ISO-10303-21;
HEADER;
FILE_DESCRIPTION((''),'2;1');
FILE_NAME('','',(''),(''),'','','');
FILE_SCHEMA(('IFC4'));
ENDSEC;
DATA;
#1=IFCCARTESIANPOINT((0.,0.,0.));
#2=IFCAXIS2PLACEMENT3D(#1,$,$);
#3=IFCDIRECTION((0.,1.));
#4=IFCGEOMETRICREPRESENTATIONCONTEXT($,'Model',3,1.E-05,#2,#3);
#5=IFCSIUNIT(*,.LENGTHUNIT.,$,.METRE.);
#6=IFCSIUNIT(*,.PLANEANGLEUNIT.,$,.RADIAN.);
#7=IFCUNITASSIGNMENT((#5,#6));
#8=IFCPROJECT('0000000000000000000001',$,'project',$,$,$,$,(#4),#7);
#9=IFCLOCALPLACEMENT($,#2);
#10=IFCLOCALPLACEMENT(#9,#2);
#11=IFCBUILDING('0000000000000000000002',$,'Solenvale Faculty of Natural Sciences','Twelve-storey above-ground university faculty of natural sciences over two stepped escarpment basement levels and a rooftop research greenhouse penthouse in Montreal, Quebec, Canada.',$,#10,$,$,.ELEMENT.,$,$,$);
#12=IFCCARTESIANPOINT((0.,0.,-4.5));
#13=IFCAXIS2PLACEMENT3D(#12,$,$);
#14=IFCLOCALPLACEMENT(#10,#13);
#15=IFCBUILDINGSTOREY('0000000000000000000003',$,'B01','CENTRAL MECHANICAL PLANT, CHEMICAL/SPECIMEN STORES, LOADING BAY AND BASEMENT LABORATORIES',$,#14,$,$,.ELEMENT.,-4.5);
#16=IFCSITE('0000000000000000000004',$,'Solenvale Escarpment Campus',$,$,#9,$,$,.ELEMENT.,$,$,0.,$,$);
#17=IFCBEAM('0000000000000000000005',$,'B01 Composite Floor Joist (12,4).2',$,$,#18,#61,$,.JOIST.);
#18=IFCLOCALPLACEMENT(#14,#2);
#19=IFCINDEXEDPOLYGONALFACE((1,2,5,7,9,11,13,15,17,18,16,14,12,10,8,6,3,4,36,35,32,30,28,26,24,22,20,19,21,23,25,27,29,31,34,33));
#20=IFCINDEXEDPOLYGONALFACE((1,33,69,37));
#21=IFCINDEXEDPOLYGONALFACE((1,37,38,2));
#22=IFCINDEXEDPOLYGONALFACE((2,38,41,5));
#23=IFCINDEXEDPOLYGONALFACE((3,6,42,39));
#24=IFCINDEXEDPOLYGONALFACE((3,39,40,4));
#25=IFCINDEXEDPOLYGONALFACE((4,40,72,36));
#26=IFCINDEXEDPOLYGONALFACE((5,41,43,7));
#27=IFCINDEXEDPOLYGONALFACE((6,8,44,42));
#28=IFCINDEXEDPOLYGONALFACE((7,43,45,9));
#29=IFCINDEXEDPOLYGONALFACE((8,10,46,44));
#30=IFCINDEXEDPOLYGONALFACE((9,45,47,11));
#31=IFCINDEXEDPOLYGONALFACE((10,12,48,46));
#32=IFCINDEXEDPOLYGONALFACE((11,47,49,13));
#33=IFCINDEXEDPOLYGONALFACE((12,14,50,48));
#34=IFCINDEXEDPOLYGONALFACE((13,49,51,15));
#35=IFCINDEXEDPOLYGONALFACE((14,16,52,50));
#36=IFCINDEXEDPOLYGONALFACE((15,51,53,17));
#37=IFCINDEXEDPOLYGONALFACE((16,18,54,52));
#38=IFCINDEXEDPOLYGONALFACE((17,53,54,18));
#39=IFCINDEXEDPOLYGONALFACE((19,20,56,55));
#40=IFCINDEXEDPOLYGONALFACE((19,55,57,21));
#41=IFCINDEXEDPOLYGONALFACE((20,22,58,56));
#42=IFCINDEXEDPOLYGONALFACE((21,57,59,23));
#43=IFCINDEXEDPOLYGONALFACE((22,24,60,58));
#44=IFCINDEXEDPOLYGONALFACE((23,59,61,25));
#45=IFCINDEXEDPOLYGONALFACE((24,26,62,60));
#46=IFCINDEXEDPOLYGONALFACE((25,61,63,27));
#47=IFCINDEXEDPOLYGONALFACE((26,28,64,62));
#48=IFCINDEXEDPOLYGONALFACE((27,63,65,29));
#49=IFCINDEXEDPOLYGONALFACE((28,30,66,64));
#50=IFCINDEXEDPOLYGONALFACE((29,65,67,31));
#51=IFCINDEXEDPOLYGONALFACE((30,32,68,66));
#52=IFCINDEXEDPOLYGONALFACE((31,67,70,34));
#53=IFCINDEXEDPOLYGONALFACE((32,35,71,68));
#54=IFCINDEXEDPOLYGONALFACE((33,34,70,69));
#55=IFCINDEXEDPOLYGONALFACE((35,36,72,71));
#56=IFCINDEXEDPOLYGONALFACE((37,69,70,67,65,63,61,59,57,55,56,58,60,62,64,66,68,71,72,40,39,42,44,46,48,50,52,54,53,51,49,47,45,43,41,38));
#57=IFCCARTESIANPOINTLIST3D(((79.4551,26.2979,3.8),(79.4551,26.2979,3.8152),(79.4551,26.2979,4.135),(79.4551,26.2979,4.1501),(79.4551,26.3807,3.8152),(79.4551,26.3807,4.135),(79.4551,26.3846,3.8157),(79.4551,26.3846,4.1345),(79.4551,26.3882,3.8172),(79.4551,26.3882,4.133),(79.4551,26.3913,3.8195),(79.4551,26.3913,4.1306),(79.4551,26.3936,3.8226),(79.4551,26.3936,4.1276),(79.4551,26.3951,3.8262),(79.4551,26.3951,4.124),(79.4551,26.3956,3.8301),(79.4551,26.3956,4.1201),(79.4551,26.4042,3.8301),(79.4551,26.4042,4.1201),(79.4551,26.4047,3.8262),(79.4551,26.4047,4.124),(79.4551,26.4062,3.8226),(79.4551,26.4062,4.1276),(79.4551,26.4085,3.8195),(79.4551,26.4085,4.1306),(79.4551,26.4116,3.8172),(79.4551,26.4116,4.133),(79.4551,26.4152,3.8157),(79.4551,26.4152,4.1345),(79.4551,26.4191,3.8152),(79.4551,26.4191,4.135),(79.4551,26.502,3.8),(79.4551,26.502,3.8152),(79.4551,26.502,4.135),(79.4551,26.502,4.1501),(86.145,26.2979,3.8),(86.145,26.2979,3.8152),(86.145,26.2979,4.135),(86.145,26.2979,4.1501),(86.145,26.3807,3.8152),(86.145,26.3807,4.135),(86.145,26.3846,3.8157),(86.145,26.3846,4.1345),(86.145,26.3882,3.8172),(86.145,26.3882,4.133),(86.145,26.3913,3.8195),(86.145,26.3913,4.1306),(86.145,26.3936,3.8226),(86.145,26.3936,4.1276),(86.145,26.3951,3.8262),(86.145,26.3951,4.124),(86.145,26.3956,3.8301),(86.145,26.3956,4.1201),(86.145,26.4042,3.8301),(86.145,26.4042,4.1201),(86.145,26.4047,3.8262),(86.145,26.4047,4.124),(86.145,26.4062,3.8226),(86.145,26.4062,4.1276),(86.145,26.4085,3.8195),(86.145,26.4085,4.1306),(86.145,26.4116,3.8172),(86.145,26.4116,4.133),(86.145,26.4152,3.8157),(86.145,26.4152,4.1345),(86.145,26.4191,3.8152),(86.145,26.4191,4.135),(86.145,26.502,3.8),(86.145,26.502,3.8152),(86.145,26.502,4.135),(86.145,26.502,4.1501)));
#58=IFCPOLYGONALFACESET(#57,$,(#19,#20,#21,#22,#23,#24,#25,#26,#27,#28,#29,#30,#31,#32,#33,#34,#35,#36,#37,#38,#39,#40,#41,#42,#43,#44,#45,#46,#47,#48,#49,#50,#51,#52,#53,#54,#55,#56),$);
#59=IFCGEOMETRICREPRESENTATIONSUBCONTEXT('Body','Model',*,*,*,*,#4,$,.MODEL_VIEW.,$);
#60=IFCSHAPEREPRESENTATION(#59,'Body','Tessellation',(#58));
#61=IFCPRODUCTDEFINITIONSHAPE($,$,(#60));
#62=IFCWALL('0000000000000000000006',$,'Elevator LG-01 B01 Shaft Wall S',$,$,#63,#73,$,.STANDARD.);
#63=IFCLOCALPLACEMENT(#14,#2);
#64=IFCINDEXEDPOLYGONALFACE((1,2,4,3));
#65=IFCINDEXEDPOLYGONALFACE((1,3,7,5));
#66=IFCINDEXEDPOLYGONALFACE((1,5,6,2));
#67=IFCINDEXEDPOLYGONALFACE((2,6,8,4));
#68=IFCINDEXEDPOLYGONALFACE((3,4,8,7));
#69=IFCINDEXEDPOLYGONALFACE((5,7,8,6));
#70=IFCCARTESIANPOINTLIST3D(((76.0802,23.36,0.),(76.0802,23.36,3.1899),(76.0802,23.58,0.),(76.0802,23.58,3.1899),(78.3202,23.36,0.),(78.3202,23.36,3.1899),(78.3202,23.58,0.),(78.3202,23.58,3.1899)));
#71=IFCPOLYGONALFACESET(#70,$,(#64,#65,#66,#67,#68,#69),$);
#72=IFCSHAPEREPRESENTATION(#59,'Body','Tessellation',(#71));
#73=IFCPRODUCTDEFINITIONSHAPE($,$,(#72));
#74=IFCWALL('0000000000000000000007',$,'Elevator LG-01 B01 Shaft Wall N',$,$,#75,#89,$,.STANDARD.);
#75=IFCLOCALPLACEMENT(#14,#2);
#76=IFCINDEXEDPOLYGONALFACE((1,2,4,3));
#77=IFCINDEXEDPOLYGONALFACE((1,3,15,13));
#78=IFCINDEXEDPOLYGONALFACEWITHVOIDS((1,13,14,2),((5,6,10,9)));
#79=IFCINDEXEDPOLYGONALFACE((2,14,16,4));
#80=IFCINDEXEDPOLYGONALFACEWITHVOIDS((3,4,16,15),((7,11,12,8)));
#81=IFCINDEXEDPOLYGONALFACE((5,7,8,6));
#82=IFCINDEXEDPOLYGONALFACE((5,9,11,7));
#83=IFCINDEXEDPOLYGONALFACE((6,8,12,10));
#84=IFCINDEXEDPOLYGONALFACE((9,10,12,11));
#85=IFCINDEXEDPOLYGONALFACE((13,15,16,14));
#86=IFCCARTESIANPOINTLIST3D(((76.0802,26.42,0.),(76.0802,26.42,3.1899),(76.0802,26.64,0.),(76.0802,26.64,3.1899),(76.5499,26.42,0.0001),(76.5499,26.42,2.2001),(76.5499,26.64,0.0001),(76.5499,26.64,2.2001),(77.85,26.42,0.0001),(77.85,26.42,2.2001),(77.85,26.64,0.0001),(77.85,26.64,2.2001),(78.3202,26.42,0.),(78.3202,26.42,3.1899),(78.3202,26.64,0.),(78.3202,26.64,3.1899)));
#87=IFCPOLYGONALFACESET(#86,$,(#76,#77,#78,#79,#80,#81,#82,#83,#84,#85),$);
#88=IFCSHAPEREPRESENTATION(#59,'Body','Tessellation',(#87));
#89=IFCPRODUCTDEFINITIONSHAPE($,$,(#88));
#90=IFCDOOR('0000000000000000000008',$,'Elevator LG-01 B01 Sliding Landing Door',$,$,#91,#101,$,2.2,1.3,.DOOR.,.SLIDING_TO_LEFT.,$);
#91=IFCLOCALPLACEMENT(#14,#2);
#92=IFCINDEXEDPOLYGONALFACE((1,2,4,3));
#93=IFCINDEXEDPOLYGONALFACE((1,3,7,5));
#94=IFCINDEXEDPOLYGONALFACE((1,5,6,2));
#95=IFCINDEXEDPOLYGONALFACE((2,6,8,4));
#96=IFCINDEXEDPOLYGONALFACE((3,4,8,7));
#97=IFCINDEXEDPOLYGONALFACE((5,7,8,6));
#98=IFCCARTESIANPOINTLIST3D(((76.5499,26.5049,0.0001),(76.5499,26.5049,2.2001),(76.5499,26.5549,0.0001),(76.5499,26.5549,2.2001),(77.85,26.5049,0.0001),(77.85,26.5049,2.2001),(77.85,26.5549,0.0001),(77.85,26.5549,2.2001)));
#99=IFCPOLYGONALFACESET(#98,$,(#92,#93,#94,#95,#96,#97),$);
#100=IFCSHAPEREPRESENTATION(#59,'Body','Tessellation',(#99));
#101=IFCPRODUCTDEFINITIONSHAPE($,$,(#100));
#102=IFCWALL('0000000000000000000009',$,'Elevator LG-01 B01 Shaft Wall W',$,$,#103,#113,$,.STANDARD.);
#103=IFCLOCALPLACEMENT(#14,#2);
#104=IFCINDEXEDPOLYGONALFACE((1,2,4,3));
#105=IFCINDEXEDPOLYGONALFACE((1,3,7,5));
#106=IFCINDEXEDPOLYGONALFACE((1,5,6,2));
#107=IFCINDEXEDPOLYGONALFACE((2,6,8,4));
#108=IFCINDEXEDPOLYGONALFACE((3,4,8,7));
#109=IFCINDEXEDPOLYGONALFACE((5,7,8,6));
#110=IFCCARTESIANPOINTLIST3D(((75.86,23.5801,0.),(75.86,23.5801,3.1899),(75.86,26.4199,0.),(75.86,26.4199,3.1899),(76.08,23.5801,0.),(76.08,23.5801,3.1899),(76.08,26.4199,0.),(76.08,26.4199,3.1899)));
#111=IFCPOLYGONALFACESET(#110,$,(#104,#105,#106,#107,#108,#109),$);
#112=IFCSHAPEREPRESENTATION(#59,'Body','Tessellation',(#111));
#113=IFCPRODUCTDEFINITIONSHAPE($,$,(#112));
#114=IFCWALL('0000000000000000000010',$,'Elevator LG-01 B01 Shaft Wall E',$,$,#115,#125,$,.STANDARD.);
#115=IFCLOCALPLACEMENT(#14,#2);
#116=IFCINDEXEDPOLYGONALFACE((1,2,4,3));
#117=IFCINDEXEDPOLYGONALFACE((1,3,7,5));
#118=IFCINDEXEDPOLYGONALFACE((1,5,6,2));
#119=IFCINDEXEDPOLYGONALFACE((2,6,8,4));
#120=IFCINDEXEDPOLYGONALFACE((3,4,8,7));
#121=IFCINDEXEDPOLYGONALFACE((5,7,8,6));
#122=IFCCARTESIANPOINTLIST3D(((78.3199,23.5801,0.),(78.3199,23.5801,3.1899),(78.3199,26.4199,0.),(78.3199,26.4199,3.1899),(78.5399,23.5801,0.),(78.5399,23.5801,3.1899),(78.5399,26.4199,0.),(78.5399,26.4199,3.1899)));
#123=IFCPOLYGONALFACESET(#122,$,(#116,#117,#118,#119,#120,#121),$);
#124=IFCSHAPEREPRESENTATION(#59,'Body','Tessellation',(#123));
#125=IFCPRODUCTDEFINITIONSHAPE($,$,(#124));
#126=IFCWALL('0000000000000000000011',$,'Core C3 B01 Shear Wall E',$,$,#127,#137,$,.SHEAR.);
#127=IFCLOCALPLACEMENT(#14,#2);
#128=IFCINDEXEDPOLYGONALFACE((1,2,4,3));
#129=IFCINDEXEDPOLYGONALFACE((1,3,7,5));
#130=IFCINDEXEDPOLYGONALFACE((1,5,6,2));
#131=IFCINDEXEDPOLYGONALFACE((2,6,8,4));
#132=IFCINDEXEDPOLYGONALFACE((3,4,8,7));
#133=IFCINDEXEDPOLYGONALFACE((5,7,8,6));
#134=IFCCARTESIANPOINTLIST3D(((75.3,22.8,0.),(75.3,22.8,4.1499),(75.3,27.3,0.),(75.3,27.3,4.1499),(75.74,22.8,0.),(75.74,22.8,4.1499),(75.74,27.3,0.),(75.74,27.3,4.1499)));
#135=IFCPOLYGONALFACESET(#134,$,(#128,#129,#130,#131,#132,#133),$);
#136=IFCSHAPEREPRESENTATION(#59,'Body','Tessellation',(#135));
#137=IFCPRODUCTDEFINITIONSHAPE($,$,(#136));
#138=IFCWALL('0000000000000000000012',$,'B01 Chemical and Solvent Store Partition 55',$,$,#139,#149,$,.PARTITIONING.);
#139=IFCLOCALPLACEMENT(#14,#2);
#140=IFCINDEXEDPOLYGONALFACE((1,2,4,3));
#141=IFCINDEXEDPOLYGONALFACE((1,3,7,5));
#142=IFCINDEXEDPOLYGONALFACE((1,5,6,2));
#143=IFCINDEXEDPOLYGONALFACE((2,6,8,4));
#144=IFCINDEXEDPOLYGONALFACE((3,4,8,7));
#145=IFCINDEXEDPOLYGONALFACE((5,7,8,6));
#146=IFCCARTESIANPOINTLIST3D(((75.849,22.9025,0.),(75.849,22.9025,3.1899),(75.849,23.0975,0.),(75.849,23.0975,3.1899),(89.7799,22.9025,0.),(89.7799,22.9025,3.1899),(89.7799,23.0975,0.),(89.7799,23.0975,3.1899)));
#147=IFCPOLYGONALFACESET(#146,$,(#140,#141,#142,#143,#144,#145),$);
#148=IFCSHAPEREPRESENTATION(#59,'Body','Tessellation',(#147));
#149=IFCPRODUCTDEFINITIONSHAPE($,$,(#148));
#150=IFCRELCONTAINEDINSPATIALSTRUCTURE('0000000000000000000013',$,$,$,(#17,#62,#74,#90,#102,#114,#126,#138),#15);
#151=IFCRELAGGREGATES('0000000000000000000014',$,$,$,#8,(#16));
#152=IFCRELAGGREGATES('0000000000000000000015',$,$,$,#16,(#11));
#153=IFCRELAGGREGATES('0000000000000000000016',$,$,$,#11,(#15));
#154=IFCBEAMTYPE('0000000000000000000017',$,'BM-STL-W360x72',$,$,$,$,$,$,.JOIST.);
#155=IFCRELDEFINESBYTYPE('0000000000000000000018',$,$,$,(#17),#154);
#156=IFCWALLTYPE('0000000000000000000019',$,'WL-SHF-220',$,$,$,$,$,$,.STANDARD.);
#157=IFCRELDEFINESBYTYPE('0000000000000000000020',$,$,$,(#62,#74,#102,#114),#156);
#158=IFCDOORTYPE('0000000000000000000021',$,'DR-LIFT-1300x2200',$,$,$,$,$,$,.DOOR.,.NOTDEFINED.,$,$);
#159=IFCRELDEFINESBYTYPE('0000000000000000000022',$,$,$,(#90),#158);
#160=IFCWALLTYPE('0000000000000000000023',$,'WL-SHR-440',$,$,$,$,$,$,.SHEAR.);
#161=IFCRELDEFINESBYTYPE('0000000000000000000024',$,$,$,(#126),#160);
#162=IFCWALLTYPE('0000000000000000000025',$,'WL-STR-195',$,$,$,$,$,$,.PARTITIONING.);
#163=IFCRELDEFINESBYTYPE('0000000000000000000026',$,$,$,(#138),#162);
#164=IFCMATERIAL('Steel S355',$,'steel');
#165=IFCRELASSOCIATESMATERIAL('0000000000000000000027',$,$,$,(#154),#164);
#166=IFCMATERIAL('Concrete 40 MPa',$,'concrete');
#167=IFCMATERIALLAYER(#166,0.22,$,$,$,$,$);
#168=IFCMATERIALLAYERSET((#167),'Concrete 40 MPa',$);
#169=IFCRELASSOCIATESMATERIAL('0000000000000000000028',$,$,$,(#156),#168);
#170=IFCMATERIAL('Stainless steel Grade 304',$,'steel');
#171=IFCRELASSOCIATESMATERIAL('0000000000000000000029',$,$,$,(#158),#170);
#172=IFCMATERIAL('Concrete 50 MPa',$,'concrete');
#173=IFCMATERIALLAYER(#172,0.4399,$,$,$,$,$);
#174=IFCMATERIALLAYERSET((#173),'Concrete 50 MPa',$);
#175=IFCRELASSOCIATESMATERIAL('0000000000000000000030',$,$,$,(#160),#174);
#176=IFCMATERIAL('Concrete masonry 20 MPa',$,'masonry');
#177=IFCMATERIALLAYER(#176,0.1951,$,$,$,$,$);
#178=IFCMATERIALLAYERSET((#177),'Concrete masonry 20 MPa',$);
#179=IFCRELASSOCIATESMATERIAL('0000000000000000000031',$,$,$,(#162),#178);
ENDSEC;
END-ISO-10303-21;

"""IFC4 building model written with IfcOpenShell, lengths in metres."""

from ifc_helpers import new_model, si_unit, direction, frame, frame_2d, origin, origin_2d, place, context, subcontext, project, spatial, rectangle, i_section, extrude, material, layer, layer_set, material_profile, profile_set, type_object, element, fill, save


model = new_model("IFC4")

# Units and contexts
model_context = context("Model", 3, precision=1e-05, world=origin(), true_north=direction((0.0, 1.0)))
body_context = subcontext(model_context, "Body", "Model", "MODEL_VIEW")
ifc_project = project(units=[si_unit("LENGTHUNIT", "METRE"), si_unit("PLANEANGLEUNIT", "RADIAN")], contexts=[model_context])

# Site, building, storey
site_placement = place(None, origin())
site = spatial("IfcSite", under=ifc_project, at=site_placement, Name="Solenvale Escarpment Campus", CompositionType="ELEMENT", RefElevation=0.0)
building_placement = place(site_placement, origin())
building = spatial("IfcBuilding", under=site, at=building_placement, Name="Solenvale Faculty of Natural Sciences", Description="Twelve-storey above-ground university faculty of natural sciences over two stepped escarpment basement levels and a rooftop research greenhouse penthouse in Montreal, Quebec, Canada.", CompositionType="ELEMENT")
storey_placement = place(building_placement, frame((0.0, 0.0, -4.5)))
storey = spatial("IfcBuildingStorey", under=building, at=storey_placement, Name="B01", Description="CENTRAL MECHANICAL PLANT, CHEMICAL/SPECIMEN STORES, LOADING BAY AND BASEMENT LABORATORIES", CompositionType="ELEMENT", Elevation=-4.5)

# Shared definitions
ifc_material_1 = material(Name="Concrete 40 MPa", Category="concrete")

# Shared definitions
ifc_material_2 = material(Name="Concrete 50 MPa", Category="concrete")

# Beam
ifc_material_3 = material(Name="Steel S355", Category="steel")
ifc_material_profile_1 = material_profile(ifc_material_3, i_section(OverallWidth=0.2041, OverallDepth=0.3501, WebThickness=0.0085, FlangeThickness=0.0151, FilletRadius=0.0149, at=origin_2d()), Name="W360x72")
ifc_profile_set_1 = profile_set([ifc_material_profile_1], Name="Steel S355")
beam_type_1 = type_object("IfcBeamType", Name="BM-STL-W360x72", PredefinedType="JOIST", material=ifc_profile_set_1)
for number, where, z_axis, x_axis, name in (
    (1, (79.4551, 26.3999, 3.9751), (1.0, 0.0, 0.0), (0.0, 1.0, 0.0), "B01 Composite Floor Joist (12,4).2"),
):
    element("IfcBeam", number, at=place(storey_placement, frame(where, z_axis=z_axis, x_axis=x_axis)), inside=storey, type_object=beam_type_1, Name=name, PredefinedType="JOIST", context=body_context, shape_type="SweptSolid", body=[
        extrude(i_section(OverallWidth=0.2041, OverallDepth=0.3501, WebThickness=0.0085, FlangeThickness=0.0151, FilletRadius=0.0149, at=origin_2d()), origin(), (0.0, 0.0, 1.0), 6.6899),
    ])

# Wall
ifc_layer_1 = layer(ifc_material_1, 0.22)
ifc_layer_set_1 = layer_set([ifc_layer_1], Name="Concrete 40 MPa")
wall_type_1 = type_object("IfcWallType", Name="WL-SHF-220", PredefinedType="STANDARD", material=ifc_layer_set_1)
wall_1_placement = place(storey_placement, frame((76.0801, 23.47, 0.0), z_axis=(0.0, 0.0, 1.0), x_axis=(1.0, 0.0, 0.0)))
element("IfcWall", 2, at=wall_1_placement, inside=storey, type_object=wall_type_1, Name="Elevator LG-01 B01 Shaft Wall S", PredefinedType="STANDARD", context=body_context, shape_type="SweptSolid", body=[
    extrude(rectangle(XDim=2.24, YDim=0.22, at=frame_2d((1.1201, 0.0))), origin(), (0.0, 0.0, 1.0), 3.1899),
])

# Wall, opening, door
wall_2_placement = place(storey_placement, frame((76.0801, 26.53, 0.0), z_axis=(0.0, 0.0, 1.0), x_axis=(1.0, 0.0, 0.0)))
wall_2 = element("IfcWall", 3, at=wall_2_placement, inside=storey, type_object=wall_type_1, Name="Elevator LG-01 B01 Shaft Wall N", PredefinedType="STANDARD", context=body_context, shape_type="SweptSolid", body=[
    extrude(rectangle(XDim=2.24, YDim=0.22, at=frame_2d((1.1201, 0.0))), origin(), (0.0, 0.0, 1.0), 3.1899),
])
opening_placement = place(wall_2_placement, frame((0.47, 0.0, 0.0)))
opening = element("IfcOpeningElement", 4, at=opening_placement, cuts=wall_2, PredefinedType="OPENING", context=body_context, shape_type="SweptSolid", body=[
    extrude(rectangle(XDim=1.3, YDim=2.2, at=frame_2d((0.6499, 1.1001))), frame((0.0, 0.1199, 0.0), z_axis=(0.0, -1.0, 0.0), x_axis=(1.0, 0.0, 0.0)), (0.0, 0.0, 1.0), 0.24),
])
ifc_material_4 = material(Name="Stainless steel Grade 304", Category="steel")
door_type = type_object("IfcDoorType", Name="DR-LIFT-1300x2200", OperationType="NOTDEFINED", PredefinedType="DOOR", material=ifc_material_4)
door_placement = place(opening_placement, origin())
door = element("IfcDoor", 5, at=door_placement, inside=storey, type_object=door_type, Name="Elevator LG-01 B01 Sliding Landing Door", OperationType="SLIDING_TO_LEFT", OverallHeight=2.2, OverallWidth=1.3, PredefinedType="DOOR", context=body_context, shape_type="SweptSolid", body=[
    extrude(rectangle(XDim=1.3, YDim=2.2, at=frame_2d((0.6499, 1.1001))), frame((0.0, 0.0249, 0.0), z_axis=(0.0, -1.0, 0.0), x_axis=(1.0, 0.0, 0.0)), (0.0, 0.0, 1.0), 0.05),
])
fill(opening, door)

# Walls
for number, where, z_axis, x_axis, name in (
    (6, (75.97, 23.5801, 0.0), (0.0, 0.0, 1.0), (0.0, 1.0, 0.0), "Elevator LG-01 B01 Shaft Wall W"),
    (7, (78.4299, 23.5801, 0.0), (0.0, 0.0, 1.0), (0.0, 1.0, 0.0), "Elevator LG-01 B01 Shaft Wall E"),
):
    element("IfcWall", number, at=place(storey_placement, frame(where, z_axis=z_axis, x_axis=x_axis)), inside=storey, type_object=wall_type_1, Name=name, PredefinedType="STANDARD", context=body_context, shape_type="SweptSolid", body=[
        extrude(rectangle(XDim=2.8398, YDim=0.22, at=frame_2d((1.4199, 0.0))), origin(), (0.0, 0.0, 1.0), 3.1899),
    ])
ifc_layer_2 = layer(ifc_material_2, 0.4399)
ifc_layer_set_2 = layer_set([ifc_layer_2], Name="Concrete 50 MPa")
wall_type_2 = type_object("IfcWallType", Name="WL-SHR-440", PredefinedType="SHEAR", material=ifc_layer_set_2)
wall_3_placement = place(storey_placement, frame((75.52, 22.8, 0.0), z_axis=(0.0, 0.0, 1.0), x_axis=(0.0, 1.0, 0.0)))
element("IfcWall", 8, at=wall_3_placement, inside=storey, type_object=wall_type_2, Name="Core C3 B01 Shear Wall E", PredefinedType="SHEAR", context=body_context, shape_type="SweptSolid", body=[
    extrude(rectangle(XDim=4.5, YDim=0.4399, at=frame_2d((2.25, 0.0))), origin(), (0.0, 0.0, 1.0), 4.1499),
])
ifc_material_5 = material(Name="Concrete masonry 20 MPa", Category="masonry")
ifc_layer_3 = layer(ifc_material_5, 0.1951)
ifc_layer_set_3 = layer_set([ifc_layer_3], Name="Concrete masonry 20 MPa")
wall_type_3 = type_object("IfcWallType", Name="WL-STR-195", PredefinedType="PARTITIONING", material=ifc_layer_set_3)
wall_4_placement = place(storey_placement, frame((75.8491, 23.0, 0.0), z_axis=(0.0, 0.0, 1.0), x_axis=(1.0, 0.0, 0.0)))
element("IfcWall", 9, at=wall_4_placement, inside=storey, type_object=wall_type_3, Name="B01 Chemical and Solvent Store Partition 55", PredefinedType="PARTITIONING", context=body_context, shape_type="SweptSolid", body=[
    extrude(rectangle(XDim=13.9309, YDim=0.1951, at=frame_2d((6.9653, 0.0))), origin(), (0.0, 0.0, 1.0), 3.1899),
])

save(model, "model.ifc")
